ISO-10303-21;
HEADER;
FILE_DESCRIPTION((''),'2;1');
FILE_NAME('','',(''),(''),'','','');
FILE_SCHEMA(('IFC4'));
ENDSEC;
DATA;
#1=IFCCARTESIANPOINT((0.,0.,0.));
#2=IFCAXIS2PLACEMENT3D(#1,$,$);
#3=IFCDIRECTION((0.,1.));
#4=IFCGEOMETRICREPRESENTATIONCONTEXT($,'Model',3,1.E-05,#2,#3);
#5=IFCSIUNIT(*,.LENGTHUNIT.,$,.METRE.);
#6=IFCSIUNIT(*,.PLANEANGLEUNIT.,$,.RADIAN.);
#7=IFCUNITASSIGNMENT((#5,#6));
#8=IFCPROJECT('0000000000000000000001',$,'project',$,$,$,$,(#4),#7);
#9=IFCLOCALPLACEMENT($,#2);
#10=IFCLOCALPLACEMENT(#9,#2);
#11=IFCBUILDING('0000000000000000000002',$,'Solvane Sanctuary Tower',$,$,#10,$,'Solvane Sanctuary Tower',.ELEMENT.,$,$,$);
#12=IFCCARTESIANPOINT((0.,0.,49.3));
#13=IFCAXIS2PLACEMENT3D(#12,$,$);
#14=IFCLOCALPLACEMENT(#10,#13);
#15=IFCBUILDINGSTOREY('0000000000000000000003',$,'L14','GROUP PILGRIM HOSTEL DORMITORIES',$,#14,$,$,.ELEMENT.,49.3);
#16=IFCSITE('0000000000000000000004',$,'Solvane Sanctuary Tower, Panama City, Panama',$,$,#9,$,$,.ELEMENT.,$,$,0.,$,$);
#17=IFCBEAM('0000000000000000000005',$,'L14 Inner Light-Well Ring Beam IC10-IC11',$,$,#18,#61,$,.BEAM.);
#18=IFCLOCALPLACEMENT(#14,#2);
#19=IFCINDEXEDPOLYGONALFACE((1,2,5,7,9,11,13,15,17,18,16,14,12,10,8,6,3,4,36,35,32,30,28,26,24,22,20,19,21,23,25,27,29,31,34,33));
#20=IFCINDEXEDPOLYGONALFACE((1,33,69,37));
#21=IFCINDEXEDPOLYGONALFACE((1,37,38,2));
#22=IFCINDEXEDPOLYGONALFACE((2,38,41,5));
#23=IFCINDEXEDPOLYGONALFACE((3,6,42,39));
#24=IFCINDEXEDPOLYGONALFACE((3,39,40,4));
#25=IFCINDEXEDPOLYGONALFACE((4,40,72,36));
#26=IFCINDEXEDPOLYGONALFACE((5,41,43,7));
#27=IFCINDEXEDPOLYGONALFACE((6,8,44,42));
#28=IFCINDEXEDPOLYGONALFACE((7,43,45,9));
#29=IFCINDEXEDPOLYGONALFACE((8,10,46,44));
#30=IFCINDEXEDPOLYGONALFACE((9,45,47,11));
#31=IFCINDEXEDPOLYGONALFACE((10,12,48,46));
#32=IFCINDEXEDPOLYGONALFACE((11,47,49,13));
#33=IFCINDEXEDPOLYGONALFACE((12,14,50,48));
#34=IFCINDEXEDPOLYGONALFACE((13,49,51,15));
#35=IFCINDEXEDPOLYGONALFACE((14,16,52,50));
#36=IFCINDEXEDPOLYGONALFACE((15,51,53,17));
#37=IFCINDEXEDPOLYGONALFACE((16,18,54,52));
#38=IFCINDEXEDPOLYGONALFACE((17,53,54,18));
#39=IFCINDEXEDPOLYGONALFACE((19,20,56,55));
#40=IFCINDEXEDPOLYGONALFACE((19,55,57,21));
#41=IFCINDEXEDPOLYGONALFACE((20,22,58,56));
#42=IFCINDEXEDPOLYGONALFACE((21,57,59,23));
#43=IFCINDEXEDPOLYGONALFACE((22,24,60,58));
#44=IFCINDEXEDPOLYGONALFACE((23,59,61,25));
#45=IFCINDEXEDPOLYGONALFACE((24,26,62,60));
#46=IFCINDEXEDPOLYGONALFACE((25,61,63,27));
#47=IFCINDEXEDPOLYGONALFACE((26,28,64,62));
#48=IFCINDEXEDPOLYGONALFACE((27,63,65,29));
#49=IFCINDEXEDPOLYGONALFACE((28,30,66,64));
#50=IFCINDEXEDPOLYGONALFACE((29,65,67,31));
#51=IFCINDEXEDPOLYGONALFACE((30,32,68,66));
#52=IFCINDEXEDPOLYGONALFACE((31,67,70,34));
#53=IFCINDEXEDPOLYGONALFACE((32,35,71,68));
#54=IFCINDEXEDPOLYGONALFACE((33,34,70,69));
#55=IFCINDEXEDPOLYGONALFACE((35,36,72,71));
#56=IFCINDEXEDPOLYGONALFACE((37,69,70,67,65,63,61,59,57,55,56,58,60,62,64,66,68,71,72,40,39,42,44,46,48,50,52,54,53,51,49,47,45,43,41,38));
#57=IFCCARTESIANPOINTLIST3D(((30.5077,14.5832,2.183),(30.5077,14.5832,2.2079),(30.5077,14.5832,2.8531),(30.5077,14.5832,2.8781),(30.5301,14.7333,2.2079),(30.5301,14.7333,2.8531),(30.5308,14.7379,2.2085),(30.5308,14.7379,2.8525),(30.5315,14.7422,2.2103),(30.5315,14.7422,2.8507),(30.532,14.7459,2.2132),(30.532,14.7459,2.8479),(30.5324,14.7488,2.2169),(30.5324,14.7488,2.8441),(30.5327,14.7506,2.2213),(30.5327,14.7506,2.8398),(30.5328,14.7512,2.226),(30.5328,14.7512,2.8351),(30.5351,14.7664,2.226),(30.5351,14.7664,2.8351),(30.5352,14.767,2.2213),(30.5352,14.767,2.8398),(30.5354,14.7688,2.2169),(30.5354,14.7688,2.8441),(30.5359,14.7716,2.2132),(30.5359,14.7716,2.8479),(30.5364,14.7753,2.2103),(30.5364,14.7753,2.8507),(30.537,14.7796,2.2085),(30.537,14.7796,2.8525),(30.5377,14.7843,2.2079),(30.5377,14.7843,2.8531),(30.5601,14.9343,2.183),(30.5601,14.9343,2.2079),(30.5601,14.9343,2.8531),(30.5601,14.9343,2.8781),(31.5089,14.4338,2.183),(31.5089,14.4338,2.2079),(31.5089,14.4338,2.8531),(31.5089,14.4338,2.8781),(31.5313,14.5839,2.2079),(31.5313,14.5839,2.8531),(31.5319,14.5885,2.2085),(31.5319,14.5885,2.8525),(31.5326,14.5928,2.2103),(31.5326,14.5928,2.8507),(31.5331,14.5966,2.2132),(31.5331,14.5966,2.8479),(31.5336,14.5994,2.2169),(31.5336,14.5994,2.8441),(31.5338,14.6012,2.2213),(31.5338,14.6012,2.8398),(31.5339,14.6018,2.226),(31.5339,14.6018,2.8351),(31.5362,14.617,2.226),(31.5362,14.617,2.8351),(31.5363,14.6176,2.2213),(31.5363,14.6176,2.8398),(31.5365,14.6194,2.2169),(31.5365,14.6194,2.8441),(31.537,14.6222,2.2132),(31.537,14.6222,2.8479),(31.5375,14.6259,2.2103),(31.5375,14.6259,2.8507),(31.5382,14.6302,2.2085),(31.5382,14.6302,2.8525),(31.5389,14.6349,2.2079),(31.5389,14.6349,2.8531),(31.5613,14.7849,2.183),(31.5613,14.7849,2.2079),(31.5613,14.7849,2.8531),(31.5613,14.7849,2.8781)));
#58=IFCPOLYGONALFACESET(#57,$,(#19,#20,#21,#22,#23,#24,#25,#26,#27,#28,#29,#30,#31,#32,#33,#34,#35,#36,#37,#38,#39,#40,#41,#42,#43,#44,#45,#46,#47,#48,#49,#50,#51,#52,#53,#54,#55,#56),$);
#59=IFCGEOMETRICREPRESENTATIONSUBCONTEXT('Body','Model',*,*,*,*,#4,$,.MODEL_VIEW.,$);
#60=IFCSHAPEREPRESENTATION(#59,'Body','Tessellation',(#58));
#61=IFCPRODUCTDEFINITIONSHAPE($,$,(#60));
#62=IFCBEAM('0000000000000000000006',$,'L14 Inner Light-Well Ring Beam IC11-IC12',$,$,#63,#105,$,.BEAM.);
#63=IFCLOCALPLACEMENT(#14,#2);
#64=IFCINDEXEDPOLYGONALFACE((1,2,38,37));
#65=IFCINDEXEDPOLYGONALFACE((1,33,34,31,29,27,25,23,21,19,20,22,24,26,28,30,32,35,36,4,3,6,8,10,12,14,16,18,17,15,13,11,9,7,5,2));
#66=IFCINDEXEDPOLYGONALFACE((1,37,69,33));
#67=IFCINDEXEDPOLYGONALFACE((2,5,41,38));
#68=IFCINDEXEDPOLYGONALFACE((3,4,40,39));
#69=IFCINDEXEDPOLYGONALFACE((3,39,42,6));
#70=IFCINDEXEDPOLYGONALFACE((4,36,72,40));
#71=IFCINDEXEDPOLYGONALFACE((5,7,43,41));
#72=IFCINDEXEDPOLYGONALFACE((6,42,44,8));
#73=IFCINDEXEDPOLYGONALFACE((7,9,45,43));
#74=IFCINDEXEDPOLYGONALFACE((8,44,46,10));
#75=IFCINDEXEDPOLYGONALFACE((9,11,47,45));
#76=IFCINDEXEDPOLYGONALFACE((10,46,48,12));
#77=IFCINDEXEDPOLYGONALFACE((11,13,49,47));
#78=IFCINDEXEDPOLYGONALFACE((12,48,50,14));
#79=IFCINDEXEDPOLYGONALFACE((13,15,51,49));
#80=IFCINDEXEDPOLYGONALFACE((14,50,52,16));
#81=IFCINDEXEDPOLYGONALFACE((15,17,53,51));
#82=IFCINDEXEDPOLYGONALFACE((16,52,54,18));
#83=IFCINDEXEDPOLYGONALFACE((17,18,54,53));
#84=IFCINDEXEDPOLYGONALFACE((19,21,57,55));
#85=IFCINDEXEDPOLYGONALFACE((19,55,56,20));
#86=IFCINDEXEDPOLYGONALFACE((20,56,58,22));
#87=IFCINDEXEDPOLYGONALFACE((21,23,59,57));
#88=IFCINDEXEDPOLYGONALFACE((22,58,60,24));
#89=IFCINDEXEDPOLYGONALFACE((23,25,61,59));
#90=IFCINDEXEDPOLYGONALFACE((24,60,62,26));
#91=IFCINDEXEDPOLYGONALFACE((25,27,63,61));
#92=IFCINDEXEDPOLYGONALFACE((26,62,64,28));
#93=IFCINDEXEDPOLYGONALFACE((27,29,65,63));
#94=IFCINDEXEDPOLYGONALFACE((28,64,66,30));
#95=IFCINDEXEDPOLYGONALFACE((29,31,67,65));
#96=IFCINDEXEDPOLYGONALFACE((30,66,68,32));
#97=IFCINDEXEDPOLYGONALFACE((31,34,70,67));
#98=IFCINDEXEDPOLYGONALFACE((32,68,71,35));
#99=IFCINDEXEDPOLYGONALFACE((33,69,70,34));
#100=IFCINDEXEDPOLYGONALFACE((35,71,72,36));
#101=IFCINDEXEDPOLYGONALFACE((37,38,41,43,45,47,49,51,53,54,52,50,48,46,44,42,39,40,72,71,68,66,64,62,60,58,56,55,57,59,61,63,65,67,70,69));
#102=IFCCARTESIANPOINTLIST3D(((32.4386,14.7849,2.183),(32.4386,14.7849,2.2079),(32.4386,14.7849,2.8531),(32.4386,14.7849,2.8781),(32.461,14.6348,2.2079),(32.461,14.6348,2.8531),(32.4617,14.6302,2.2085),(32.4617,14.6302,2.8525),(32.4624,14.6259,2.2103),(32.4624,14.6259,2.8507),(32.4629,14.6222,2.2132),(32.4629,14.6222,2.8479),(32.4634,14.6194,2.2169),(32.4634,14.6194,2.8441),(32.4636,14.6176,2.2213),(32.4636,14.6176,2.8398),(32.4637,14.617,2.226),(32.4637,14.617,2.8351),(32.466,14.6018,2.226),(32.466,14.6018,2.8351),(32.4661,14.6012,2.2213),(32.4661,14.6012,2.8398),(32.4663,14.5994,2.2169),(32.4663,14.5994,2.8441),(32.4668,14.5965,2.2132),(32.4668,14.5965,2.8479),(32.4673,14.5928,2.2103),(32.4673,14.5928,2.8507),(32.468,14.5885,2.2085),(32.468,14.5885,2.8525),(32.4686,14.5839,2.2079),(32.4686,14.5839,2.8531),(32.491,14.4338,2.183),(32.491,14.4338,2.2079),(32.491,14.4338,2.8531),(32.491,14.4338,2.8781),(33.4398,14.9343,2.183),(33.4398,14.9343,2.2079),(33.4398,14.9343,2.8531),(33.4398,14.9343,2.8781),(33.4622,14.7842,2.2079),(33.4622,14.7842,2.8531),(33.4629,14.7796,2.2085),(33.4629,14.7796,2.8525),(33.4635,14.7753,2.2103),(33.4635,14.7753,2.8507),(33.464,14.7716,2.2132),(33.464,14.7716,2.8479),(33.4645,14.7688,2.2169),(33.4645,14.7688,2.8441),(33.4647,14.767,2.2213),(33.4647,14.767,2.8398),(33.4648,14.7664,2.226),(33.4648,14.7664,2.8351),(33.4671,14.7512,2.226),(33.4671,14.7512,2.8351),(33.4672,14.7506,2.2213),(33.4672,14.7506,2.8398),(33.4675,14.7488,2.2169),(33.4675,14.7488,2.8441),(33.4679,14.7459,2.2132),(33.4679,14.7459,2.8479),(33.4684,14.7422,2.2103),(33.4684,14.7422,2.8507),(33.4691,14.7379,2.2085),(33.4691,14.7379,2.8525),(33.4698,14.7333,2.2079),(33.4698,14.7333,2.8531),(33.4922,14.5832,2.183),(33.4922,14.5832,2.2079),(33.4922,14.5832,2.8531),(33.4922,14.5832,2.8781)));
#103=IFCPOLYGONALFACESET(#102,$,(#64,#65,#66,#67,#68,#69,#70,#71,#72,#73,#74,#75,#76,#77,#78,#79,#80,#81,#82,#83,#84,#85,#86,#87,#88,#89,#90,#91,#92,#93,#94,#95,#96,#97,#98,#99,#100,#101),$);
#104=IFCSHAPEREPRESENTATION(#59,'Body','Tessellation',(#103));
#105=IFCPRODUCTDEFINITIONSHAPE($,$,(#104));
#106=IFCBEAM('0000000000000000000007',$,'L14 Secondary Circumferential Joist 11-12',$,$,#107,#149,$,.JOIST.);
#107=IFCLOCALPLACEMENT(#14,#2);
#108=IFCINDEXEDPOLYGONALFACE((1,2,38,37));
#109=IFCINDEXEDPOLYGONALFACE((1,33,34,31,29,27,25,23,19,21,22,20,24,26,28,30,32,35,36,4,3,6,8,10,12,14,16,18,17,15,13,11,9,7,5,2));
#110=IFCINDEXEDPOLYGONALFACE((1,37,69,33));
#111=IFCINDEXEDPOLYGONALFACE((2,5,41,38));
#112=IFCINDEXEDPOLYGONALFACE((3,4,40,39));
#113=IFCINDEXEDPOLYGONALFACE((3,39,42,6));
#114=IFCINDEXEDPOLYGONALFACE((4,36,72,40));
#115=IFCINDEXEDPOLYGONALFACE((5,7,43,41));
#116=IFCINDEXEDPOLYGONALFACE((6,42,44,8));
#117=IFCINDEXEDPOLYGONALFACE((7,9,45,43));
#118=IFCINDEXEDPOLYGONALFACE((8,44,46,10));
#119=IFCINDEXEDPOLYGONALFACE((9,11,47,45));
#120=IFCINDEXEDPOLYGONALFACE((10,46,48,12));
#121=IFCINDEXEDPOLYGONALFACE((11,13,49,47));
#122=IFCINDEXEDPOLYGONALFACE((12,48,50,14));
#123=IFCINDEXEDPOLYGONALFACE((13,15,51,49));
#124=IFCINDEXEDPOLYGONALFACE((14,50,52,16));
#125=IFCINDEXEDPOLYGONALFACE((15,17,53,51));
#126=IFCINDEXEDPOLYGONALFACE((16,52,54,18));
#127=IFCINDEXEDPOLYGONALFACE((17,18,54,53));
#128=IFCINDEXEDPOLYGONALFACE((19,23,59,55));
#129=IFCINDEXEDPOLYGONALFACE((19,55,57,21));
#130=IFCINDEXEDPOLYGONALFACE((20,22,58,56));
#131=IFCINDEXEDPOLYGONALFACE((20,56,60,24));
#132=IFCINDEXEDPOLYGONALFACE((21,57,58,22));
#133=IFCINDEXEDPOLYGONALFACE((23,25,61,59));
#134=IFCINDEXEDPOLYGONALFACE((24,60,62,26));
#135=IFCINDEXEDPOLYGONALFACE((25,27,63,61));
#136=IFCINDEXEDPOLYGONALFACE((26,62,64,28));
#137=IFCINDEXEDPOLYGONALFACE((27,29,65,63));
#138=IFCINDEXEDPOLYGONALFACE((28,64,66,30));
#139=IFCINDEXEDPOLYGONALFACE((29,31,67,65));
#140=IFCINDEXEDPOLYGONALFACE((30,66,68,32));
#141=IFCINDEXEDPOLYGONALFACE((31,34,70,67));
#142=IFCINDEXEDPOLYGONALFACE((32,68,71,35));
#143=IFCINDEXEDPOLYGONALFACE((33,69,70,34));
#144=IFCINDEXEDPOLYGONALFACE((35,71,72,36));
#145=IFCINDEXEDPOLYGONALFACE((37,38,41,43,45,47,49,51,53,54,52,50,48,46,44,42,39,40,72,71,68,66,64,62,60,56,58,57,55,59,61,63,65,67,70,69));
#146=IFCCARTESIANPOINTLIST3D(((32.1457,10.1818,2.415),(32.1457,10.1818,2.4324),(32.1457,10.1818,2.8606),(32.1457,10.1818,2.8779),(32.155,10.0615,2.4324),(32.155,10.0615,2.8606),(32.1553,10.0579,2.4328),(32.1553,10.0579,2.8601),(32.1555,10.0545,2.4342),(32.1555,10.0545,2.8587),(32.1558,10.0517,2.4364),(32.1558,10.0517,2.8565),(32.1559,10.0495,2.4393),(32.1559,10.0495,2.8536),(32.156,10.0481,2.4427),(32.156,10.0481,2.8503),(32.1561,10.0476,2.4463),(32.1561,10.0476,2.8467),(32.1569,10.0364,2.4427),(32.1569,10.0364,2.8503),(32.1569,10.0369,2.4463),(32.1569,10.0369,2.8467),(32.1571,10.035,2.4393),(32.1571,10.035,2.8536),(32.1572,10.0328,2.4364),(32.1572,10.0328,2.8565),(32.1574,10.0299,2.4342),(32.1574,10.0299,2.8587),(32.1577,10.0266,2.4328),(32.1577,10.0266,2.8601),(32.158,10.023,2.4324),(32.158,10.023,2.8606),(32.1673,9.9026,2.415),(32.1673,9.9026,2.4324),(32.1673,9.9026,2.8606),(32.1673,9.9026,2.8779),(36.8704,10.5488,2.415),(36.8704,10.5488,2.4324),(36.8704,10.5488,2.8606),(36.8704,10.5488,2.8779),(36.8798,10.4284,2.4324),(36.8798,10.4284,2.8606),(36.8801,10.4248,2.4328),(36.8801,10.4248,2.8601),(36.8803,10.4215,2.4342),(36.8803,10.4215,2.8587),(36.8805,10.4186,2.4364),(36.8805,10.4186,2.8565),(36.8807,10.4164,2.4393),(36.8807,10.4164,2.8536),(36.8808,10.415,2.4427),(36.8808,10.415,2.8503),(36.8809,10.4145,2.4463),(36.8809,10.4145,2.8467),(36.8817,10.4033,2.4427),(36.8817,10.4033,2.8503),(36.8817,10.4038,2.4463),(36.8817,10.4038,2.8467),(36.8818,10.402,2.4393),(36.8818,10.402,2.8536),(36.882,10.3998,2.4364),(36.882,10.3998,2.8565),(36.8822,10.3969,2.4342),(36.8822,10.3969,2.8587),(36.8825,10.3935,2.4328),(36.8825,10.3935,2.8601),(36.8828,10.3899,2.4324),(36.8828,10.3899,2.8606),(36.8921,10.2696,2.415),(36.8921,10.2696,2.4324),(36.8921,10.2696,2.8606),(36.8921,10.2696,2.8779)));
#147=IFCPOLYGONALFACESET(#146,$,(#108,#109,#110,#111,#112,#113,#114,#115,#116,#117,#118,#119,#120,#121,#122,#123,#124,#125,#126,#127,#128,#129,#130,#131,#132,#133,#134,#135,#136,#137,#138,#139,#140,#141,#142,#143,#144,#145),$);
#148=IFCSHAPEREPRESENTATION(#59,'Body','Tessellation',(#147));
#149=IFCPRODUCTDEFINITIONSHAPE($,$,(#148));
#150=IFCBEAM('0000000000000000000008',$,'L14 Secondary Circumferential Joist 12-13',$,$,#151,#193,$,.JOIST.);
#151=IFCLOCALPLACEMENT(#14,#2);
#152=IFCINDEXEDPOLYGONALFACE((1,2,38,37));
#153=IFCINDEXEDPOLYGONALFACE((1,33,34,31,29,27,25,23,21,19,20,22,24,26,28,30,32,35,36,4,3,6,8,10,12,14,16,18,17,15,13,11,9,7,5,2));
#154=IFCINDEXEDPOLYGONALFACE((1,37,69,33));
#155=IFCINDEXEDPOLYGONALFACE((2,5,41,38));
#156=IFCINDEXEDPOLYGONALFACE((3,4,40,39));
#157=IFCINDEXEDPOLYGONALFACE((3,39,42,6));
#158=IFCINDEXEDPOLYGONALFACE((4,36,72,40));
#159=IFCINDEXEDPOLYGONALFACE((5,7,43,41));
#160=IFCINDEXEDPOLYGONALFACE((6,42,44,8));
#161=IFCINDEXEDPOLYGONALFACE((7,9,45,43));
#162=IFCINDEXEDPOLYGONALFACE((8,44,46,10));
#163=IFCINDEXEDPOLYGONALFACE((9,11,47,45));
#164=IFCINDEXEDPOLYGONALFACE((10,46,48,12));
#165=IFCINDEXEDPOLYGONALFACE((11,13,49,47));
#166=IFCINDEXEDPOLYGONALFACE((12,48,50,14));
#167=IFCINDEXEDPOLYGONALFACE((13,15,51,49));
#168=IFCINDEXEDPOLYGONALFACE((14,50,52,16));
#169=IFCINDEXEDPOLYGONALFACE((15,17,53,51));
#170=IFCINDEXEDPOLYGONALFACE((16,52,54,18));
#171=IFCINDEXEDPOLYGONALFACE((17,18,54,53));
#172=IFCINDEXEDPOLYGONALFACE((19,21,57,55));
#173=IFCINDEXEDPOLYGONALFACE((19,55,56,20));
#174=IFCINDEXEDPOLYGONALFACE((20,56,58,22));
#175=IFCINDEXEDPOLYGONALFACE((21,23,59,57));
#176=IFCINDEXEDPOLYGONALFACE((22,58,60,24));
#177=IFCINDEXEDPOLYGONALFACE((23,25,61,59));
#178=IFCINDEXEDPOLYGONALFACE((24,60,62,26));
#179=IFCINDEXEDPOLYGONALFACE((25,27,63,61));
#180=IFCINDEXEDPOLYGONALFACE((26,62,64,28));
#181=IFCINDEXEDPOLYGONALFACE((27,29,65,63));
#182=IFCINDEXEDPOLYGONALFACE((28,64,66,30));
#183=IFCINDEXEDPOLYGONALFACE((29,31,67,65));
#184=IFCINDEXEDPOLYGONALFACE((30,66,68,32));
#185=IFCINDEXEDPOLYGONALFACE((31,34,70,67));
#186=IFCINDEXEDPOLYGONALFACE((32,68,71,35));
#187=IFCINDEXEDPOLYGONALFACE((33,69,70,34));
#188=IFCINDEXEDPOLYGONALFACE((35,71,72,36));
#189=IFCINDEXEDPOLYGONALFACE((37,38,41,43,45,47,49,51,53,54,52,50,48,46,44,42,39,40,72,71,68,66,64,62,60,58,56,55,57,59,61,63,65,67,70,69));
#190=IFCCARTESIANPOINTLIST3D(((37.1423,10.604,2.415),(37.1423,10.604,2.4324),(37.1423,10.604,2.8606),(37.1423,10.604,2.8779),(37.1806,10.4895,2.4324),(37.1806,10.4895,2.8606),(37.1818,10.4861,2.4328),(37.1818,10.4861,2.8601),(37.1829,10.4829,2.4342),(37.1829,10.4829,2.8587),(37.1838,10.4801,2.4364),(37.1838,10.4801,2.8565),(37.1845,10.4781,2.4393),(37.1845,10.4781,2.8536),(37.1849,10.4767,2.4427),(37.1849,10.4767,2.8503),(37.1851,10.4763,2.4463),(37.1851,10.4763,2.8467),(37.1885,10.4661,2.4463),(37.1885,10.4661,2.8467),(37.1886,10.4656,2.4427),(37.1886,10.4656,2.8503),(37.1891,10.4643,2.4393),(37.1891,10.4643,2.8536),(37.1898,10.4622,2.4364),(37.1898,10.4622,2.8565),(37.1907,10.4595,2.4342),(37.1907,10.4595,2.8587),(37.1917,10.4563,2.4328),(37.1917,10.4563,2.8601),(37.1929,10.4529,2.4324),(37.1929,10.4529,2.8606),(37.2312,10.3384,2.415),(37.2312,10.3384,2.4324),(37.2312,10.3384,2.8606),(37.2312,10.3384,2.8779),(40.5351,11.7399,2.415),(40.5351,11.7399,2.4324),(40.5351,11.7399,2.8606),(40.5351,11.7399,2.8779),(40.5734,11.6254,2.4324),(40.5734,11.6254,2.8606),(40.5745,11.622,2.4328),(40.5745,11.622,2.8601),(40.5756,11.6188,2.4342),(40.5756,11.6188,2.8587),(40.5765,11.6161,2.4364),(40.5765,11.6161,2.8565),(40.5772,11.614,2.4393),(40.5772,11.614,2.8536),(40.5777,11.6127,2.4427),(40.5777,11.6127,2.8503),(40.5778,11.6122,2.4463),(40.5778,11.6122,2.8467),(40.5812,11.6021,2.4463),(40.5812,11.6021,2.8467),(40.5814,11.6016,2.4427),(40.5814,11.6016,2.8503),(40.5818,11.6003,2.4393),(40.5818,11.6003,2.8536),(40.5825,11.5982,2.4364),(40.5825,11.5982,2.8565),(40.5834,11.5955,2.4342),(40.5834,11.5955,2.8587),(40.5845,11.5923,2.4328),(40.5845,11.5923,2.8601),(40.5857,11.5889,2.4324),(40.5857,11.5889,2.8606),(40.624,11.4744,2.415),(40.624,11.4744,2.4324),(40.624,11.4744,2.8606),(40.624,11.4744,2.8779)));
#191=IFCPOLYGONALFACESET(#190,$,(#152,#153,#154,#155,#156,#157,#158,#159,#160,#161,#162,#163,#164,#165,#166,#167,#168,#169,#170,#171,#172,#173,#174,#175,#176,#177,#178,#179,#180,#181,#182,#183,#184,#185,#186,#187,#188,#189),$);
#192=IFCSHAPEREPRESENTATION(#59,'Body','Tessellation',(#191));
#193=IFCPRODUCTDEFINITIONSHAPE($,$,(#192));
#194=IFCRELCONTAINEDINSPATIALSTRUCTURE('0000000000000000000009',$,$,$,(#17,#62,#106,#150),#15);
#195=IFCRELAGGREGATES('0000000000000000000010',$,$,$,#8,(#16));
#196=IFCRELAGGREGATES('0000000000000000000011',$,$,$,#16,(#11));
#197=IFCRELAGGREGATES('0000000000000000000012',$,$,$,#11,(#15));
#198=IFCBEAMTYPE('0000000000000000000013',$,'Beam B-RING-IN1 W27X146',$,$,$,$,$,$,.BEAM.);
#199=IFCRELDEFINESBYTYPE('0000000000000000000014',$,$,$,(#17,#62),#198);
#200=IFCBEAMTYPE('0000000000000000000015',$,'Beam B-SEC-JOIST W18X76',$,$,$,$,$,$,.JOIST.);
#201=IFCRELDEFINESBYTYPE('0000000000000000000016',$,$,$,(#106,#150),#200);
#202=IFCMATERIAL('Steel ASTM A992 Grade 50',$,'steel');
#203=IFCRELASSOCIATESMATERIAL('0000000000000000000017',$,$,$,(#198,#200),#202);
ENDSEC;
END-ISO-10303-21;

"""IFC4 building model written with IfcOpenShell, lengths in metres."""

from ifc_helpers import new_model, si_unit, direction, frame, origin, origin_2d, place, context, subcontext, project, spatial, i_section, extrude, material, material_profile, profile_set, type_object, element, save


model = new_model("IFC4")

# Units and contexts
model_context = context("Model", 3, precision=1e-05, world=origin(), true_north=direction((0.0, 1.0)))
body_context = subcontext(model_context, "Body", "Model", "MODEL_VIEW")
ifc_project = project(units=[si_unit("LENGTHUNIT", "METRE"), si_unit("PLANEANGLEUNIT", "RADIAN")], contexts=[model_context])

# Site, building, storey
site_placement = place(None, origin())
site = spatial("IfcSite", under=ifc_project, at=site_placement, Name="Solvane Sanctuary Tower, Panama City, Panama", CompositionType="ELEMENT", RefElevation=0.0)
building_placement = place(site_placement, origin())
building = spatial("IfcBuilding", under=site, at=building_placement, Name="Solvane Sanctuary Tower", LongName="Solvane Sanctuary Tower", CompositionType="ELEMENT")
storey_placement = place(building_placement, frame((0.0, 0.0, 49.3)))
storey = spatial("IfcBuildingStorey", under=building, at=storey_placement, Name="L14", Description="GROUP PILGRIM HOSTEL DORMITORIES", CompositionType="ELEMENT", Elevation=49.3)

# Beams
ifc_material_1 = material(Name="Steel ASTM A992 Grade 50", Category="steel")
ifc_material_profile_1 = material_profile(ifc_material_1, i_section(OverallWidth=0.355, OverallDepth=0.6951, WebThickness=0.0154, FlangeThickness=0.0249, FilletRadius=0.0181, at=origin_2d()), Name="W27X146")
ifc_profile_set_1 = profile_set([ifc_material_profile_1], Name="Steel ASTM A992 Grade 50")
beam_type_1 = type_object("IfcBeamType", Name="Beam B-RING-IN1 W27X146", PredefinedType="BEAM", material=ifc_profile_set_1)
for number, where, z_axis, x_axis, name in (
    (1, (30.5339, 14.7588, 2.5305), (0.989048, -0.147597, 0.0), (0.147597, 0.989048, 0.0), "L14 Inner Light-Well Ring Beam IC10-IC11"),
    (2, (32.4648, 14.6094, 2.5305), (0.989048, 0.147597, 0.0), (-0.147597, 0.989048, 0.0), "L14 Inner Light-Well Ring Beam IC11-IC12"),
):
    element("IfcBeam", number, at=place(storey_placement, frame(where, z_axis=z_axis, x_axis=x_axis)), inside=storey, type_object=beam_type_1, Name=name, PredefinedType="BEAM", context=body_context, shape_type="SweptSolid", body=[
        extrude(i_section(OverallWidth=0.355, OverallDepth=0.6951, WebThickness=0.0154, FlangeThickness=0.0249, FilletRadius=0.0181, at=origin_2d()), origin(), (0.0, 0.0, 1.0), 1.0122),
    ])
ifc_material_profile_2 = material_profile(ifc_material_1, i_section(OverallWidth=0.28, OverallDepth=0.4629, WebThickness=0.0107, FlangeThickness=0.0173, FilletRadius=0.0139, at=origin_2d()), Name="W18X76")
ifc_profile_set_2 = profile_set([ifc_material_profile_2], Name="Steel ASTM A992 Grade 50")
beam_type_2 = type_object("IfcBeamType", Name="Beam B-SEC-JOIST W18X76", PredefinedType="JOIST", material=ifc_profile_set_2)
beam_1_placement = place(storey_placement, frame((32.1565, 10.0422, 2.6465), z_axis=(0.996998, 0.077429, 0.0), x_axis=(-0.077429, 0.996998, 0.0)))
element("IfcBeam", 3, at=beam_1_placement, inside=storey, type_object=beam_type_2, Name="L14 Secondary Circumferential Joist 11-12", PredefinedType="JOIST", context=body_context, shape_type="SweptSolid", body=[
    extrude(i_section(OverallWidth=0.28, OverallDepth=0.4629, WebThickness=0.0107, FlangeThickness=0.0173, FilletRadius=0.0139, at=origin_2d()), origin(), (0.0, 0.0, 1.0), 4.739),
])
beam_2_placement = place(storey_placement, frame((37.1868, 10.4712, 2.6465), z_axis=(0.948259, 0.317497, 0.0), x_axis=(-0.317497, 0.948259, 0.0)))
element("IfcBeam", 4, at=beam_2_placement, inside=storey, type_object=beam_type_2, Name="L14 Secondary Circumferential Joist 12-13", PredefinedType="JOIST", context=body_context, shape_type="SweptSolid", body=[
    extrude(i_section(OverallWidth=0.28, OverallDepth=0.4629, WebThickness=0.0107, FlangeThickness=0.0173, FilletRadius=0.0139, at=origin_2d()), origin(), (0.0, 0.0, 1.0), 3.5779),
])

save(model, "model.ifc")
